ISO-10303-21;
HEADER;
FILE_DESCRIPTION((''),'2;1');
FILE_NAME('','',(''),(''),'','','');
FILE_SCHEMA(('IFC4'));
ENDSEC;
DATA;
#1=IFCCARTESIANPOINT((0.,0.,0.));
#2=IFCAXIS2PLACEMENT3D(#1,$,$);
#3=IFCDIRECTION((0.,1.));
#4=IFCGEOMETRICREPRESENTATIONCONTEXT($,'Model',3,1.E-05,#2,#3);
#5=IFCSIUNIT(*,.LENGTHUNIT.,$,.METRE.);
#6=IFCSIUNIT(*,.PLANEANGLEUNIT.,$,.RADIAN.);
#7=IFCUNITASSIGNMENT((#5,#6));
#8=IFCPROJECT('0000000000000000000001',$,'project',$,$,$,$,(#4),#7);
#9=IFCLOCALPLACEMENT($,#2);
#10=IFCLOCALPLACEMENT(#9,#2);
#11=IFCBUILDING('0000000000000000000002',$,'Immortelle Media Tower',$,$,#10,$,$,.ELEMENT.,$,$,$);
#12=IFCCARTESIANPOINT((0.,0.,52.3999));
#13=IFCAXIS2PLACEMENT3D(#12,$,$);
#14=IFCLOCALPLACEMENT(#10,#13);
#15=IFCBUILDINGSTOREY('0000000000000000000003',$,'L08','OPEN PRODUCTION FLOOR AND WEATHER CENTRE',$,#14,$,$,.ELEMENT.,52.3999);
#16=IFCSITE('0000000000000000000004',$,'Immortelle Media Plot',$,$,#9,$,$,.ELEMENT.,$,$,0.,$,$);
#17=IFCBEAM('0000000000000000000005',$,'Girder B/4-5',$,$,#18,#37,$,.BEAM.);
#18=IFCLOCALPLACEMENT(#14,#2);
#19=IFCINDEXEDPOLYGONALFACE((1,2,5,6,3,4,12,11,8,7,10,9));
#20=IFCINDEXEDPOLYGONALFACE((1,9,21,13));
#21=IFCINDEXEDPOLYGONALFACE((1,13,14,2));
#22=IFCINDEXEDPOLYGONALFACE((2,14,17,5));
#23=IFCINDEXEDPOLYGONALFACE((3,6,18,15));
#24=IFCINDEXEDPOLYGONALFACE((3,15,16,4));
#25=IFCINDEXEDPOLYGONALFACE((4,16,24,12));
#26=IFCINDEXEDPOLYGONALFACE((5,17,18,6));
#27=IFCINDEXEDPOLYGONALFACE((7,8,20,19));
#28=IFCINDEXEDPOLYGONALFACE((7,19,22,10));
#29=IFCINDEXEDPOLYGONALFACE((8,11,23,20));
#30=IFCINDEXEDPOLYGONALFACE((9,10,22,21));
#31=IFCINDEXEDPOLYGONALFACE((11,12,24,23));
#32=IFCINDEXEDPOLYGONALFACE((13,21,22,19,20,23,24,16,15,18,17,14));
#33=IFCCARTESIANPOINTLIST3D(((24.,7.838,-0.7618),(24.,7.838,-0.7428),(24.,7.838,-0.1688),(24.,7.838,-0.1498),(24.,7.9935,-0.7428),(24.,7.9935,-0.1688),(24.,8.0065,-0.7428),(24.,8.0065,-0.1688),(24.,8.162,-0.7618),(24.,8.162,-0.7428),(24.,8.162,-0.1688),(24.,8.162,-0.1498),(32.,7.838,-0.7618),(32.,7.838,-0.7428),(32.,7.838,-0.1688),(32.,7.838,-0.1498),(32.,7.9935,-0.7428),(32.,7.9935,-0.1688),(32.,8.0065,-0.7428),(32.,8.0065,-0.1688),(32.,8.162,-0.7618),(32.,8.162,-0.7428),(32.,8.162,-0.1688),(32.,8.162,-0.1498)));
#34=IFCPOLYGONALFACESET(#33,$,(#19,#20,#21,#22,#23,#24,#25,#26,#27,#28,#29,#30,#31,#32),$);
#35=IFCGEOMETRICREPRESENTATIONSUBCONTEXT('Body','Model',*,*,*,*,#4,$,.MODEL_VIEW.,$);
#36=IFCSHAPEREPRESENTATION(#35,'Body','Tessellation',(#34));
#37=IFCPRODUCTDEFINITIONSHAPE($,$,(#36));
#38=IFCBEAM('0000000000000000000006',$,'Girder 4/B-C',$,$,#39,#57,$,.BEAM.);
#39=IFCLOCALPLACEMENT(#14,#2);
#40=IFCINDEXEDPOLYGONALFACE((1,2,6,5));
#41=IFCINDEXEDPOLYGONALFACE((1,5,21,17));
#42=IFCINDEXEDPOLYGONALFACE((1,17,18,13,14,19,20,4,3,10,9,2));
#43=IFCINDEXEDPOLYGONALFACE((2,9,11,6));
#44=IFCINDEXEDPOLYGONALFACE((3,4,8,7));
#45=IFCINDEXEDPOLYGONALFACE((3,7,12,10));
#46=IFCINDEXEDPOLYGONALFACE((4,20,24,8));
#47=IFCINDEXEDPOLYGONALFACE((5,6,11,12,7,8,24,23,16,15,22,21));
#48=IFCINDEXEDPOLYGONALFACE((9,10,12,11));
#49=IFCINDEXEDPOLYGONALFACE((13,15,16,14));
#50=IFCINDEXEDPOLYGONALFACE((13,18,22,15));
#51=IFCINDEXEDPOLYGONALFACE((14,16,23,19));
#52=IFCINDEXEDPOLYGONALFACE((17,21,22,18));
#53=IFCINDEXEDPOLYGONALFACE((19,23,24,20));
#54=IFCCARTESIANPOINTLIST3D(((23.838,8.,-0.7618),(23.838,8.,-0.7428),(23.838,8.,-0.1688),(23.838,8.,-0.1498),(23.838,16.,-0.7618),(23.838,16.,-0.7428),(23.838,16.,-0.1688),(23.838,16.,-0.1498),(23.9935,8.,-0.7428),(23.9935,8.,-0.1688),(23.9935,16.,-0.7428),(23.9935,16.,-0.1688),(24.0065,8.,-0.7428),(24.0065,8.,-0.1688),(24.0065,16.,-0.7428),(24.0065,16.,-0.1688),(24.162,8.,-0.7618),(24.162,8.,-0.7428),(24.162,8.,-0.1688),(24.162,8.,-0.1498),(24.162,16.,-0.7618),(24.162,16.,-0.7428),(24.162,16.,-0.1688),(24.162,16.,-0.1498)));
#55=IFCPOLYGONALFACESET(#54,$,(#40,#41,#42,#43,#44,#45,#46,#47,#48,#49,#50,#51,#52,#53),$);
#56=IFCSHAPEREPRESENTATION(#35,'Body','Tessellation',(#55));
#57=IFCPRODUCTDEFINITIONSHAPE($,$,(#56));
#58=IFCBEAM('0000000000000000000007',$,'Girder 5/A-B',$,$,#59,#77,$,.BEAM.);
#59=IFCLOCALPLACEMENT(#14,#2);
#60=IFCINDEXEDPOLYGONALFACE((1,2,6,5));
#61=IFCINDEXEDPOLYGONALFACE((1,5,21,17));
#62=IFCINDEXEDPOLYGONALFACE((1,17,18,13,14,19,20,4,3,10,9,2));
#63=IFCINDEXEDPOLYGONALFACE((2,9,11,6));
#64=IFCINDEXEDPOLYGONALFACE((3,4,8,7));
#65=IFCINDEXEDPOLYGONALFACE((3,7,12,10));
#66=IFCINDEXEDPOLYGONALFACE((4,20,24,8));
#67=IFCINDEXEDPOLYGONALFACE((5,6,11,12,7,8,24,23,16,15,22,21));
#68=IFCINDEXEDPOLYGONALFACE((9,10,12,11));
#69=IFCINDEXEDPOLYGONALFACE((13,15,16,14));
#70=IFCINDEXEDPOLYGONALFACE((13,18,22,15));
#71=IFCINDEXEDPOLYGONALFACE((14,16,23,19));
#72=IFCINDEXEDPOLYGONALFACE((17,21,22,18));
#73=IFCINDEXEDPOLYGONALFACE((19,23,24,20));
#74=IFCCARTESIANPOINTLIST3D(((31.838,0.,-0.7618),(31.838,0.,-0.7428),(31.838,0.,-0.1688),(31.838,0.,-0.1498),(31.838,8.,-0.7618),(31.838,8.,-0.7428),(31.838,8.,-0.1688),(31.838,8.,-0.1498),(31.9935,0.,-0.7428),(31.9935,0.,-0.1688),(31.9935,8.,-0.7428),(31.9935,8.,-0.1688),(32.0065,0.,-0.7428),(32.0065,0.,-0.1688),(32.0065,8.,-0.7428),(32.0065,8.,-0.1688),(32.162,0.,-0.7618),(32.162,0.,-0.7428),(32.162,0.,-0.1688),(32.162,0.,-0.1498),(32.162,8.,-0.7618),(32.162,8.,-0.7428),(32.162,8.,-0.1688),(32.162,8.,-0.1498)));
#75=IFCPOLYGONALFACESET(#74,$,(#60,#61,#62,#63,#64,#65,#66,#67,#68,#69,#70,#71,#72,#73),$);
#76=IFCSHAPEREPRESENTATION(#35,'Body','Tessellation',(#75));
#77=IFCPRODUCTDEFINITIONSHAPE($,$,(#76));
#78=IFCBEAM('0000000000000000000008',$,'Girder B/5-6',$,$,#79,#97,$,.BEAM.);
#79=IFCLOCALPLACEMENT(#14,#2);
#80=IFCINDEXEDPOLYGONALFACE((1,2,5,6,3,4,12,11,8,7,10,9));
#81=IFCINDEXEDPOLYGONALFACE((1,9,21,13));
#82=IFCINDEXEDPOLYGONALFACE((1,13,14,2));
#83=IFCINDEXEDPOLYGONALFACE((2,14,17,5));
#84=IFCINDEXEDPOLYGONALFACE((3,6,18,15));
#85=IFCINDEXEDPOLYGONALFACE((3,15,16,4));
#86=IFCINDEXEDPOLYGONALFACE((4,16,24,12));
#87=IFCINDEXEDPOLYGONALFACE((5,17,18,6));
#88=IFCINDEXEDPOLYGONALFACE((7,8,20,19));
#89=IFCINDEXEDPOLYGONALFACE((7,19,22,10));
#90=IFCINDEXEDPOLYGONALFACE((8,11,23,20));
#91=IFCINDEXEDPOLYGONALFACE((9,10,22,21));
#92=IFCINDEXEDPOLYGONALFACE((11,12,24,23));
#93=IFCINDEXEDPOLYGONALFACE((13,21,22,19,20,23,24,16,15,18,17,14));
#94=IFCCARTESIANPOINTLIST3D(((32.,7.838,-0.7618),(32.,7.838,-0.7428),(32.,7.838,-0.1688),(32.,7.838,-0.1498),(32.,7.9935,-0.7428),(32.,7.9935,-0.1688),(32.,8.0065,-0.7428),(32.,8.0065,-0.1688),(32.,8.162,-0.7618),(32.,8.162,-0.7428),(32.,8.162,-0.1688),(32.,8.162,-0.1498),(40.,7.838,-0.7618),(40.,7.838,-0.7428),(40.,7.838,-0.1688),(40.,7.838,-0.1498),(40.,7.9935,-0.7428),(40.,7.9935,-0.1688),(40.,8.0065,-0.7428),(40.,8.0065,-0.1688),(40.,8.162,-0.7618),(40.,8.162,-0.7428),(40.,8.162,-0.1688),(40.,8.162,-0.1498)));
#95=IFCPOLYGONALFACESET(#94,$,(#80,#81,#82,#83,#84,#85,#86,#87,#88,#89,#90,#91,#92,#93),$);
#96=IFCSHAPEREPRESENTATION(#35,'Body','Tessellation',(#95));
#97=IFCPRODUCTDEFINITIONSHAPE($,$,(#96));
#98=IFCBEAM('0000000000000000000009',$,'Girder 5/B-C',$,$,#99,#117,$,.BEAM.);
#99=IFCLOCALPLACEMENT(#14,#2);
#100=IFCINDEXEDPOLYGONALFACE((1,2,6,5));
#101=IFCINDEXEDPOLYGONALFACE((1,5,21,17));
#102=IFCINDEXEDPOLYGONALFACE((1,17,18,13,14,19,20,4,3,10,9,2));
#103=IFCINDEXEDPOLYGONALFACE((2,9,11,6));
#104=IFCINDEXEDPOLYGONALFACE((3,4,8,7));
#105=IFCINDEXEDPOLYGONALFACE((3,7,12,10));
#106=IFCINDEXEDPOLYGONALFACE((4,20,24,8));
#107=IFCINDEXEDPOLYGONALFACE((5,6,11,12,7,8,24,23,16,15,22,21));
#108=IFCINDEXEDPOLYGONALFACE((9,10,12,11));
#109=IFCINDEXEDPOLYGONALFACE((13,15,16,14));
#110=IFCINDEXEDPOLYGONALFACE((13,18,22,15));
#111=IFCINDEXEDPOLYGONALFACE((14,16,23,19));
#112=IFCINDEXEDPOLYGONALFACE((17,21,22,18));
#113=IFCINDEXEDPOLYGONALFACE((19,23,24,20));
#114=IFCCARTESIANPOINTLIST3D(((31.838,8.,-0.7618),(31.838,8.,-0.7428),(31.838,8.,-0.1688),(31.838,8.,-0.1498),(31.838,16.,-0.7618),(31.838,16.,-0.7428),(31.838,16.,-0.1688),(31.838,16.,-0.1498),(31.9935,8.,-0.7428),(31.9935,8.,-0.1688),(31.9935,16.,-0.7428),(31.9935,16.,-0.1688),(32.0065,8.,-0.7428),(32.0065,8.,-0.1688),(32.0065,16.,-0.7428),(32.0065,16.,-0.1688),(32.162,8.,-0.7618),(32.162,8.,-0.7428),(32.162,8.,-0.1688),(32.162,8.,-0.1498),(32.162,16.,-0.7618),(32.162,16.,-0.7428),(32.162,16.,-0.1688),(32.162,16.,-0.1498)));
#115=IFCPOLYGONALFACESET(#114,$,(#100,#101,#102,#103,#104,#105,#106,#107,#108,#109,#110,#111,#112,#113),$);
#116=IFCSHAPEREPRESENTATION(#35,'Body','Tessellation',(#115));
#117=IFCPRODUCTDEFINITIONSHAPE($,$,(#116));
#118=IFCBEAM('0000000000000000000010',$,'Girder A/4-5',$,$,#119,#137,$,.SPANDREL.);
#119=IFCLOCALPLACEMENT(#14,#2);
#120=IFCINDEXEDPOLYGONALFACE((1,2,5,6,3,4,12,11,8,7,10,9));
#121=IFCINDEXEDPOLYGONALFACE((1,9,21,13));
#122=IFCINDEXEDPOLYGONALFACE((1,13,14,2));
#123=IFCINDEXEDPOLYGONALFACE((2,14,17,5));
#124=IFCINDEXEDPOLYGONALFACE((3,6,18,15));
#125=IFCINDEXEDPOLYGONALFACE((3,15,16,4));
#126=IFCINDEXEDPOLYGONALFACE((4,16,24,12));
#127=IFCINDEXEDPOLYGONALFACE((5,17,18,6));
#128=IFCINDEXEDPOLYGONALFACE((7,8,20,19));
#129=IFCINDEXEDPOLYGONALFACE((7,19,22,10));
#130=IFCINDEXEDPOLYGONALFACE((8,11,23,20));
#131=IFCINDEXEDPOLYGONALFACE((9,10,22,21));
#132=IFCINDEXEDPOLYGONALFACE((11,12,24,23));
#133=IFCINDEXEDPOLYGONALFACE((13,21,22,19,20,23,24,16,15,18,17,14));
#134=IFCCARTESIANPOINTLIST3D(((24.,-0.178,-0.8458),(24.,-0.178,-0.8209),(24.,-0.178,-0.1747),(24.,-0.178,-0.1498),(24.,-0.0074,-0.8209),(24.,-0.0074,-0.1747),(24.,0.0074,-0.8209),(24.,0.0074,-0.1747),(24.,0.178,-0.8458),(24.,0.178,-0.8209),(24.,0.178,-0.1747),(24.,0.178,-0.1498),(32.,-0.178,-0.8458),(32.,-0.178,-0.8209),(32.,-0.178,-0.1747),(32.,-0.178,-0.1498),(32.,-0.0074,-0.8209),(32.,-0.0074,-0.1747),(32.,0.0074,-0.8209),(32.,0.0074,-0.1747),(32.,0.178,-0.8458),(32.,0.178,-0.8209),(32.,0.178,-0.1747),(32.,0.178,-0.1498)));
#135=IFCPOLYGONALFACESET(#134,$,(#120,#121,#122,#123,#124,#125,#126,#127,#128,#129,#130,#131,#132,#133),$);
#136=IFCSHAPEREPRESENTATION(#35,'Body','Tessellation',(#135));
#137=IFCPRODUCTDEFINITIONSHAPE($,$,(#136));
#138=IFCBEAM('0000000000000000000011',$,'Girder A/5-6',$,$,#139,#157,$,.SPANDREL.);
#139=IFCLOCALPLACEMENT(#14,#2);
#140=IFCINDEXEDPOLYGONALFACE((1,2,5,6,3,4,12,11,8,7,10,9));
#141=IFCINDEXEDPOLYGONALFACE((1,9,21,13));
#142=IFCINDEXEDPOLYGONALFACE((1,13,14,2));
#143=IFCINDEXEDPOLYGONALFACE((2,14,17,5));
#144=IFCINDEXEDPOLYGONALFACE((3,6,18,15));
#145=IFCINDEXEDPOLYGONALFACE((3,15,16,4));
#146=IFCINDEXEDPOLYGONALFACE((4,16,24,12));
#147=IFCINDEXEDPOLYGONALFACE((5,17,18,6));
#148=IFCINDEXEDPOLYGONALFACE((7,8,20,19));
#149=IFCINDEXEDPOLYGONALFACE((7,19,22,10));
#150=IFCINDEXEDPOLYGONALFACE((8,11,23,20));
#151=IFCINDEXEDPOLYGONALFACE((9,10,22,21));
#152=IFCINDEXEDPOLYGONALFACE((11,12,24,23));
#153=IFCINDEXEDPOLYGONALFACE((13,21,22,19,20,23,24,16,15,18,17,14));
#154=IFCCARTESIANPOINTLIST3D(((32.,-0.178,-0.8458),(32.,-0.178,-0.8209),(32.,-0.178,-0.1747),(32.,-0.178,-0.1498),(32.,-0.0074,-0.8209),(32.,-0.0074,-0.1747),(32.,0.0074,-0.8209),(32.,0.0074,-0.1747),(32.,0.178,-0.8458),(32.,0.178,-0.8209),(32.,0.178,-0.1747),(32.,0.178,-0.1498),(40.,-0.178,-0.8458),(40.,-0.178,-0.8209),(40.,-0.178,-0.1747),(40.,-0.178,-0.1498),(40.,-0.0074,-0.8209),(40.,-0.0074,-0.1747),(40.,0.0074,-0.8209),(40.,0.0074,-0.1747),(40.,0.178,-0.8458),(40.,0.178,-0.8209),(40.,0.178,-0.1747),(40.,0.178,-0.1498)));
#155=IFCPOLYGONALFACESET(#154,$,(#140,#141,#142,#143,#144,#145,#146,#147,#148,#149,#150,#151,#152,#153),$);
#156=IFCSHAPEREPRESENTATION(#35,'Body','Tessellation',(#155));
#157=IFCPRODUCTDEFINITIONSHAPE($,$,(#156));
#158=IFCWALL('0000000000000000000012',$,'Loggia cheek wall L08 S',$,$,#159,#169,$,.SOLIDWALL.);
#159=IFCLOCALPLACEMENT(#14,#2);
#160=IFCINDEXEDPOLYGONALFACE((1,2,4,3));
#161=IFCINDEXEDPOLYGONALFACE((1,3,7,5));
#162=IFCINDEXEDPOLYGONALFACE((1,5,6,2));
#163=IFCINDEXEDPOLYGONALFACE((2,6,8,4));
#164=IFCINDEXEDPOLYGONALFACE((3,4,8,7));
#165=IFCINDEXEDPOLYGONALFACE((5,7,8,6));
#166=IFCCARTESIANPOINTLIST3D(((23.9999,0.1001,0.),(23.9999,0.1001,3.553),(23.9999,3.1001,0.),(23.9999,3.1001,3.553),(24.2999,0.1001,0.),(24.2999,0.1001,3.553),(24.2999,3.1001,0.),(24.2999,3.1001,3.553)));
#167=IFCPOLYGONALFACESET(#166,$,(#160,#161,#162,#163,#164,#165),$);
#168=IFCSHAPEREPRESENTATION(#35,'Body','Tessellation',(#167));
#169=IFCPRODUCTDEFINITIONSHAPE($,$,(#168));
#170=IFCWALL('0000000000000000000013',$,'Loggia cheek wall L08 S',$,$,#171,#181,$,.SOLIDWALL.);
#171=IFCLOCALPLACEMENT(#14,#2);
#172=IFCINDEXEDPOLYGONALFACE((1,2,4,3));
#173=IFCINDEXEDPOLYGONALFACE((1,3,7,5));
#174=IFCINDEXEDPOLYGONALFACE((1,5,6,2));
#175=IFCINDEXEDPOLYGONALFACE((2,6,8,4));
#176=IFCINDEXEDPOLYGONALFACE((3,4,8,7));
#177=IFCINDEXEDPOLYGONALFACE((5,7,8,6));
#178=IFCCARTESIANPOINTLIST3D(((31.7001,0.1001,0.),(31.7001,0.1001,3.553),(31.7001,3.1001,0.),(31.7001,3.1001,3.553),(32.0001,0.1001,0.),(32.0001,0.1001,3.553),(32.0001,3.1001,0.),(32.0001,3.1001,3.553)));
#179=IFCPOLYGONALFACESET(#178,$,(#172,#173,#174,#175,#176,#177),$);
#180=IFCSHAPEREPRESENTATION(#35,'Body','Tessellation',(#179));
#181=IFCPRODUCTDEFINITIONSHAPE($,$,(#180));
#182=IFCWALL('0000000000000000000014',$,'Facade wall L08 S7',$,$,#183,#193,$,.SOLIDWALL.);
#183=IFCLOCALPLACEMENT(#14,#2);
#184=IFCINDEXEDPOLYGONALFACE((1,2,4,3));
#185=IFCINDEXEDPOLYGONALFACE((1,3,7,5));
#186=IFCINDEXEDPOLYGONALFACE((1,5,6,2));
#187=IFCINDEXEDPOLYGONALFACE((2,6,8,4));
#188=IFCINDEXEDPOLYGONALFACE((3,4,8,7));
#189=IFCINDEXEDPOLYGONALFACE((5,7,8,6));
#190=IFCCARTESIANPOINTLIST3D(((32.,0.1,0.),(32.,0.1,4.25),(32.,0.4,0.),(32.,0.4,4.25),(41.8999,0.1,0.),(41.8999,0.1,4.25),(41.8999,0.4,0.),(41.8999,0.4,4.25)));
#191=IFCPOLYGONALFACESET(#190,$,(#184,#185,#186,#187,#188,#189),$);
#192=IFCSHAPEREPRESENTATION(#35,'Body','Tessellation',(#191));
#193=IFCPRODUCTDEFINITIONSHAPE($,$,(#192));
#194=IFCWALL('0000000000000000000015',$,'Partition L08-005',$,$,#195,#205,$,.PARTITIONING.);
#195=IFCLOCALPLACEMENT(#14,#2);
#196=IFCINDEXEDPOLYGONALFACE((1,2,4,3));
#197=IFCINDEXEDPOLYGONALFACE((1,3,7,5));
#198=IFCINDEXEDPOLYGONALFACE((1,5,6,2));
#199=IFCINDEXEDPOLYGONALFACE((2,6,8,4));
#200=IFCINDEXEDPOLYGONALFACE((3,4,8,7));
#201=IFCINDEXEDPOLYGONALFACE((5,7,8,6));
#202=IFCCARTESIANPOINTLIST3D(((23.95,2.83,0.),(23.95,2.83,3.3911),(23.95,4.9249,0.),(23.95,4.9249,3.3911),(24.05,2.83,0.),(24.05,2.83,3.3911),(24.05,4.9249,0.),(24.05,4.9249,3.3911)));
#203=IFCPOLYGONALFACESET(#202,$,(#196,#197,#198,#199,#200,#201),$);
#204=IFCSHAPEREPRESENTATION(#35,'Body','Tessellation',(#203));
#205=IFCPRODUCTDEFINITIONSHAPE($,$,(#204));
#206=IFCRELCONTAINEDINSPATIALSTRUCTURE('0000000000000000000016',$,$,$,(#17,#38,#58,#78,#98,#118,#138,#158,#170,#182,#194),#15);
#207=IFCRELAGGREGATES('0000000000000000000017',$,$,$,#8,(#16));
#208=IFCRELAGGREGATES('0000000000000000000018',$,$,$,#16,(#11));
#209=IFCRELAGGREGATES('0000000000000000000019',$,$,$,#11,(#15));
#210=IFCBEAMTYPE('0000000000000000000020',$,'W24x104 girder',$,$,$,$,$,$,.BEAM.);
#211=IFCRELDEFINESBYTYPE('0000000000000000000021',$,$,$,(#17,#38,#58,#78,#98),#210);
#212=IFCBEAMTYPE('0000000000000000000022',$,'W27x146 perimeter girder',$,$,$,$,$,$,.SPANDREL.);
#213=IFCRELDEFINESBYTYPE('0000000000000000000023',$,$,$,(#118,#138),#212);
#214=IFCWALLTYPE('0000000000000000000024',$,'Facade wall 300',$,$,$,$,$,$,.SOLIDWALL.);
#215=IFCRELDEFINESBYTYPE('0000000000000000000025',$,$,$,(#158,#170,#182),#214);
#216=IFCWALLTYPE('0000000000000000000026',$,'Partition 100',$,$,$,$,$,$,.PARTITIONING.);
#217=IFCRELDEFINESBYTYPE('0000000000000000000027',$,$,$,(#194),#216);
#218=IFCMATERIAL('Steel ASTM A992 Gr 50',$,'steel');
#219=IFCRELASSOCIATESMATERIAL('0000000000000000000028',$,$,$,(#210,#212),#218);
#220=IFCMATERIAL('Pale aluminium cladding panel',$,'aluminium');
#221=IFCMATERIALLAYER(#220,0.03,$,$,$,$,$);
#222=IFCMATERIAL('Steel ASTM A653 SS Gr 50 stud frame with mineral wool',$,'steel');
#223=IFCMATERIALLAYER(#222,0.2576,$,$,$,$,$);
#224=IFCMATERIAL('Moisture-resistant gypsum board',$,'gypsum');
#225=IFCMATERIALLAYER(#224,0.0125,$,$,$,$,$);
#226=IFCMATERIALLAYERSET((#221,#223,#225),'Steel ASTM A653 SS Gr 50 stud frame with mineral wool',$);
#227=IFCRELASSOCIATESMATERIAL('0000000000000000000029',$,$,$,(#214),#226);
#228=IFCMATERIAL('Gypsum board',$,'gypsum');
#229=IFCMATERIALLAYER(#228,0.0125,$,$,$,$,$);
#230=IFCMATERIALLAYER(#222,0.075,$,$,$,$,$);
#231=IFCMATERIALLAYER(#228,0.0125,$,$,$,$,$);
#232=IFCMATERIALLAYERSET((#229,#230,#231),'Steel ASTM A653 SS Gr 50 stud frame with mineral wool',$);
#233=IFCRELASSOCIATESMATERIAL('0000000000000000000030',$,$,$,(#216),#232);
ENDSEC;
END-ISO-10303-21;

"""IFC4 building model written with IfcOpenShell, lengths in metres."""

from ifc_helpers import new_model, si_unit, direction, frame, frame_2d, origin, origin_2d, place, context, subcontext, project, spatial, rectangle, i_section, extrude, material, layer, layer_set, material_profile, profile_set, type_object, element, save


model = new_model("IFC4")

# Units and contexts
model_context = context("Model", 3, precision=1e-05, world=origin(), true_north=direction((0.0, 1.0)))
body_context = subcontext(model_context, "Body", "Model", "MODEL_VIEW")
ifc_project = project(units=[si_unit("LENGTHUNIT", "METRE"), si_unit("PLANEANGLEUNIT", "RADIAN")], contexts=[model_context])

# Site, building, storey
site_placement = place(None, origin())
site = spatial("IfcSite", under=ifc_project, at=site_placement, Name="Immortelle Media Plot", CompositionType="ELEMENT", RefElevation=0.0)
building_placement = place(site_placement, origin())
building = spatial("IfcBuilding", under=site, at=building_placement, Name="Immortelle Media Tower", CompositionType="ELEMENT")
storey_placement = place(building_placement, frame((0.0, 0.0, 52.3999)))
storey = spatial("IfcBuildingStorey", under=building, at=storey_placement, Name="L08", Description="OPEN PRODUCTION FLOOR AND WEATHER CENTRE", CompositionType="ELEMENT", Elevation=52.3999)

# Shared definitions
ifc_material_1 = material(Name="Steel ASTM A992 Gr 50", Category="steel")

# Beams
ifc_material_profile_1 = material_profile(ifc_material_1, i_section(OverallWidth=0.324, OverallDepth=0.6121, WebThickness=0.0129, FlangeThickness=0.019, at=origin_2d()), Name="W24x104")
ifc_profile_set_1 = profile_set([ifc_material_profile_1], Name="Steel ASTM A992 Gr 50")
beam_type_1 = type_object("IfcBeamType", Name="W24x104 girder", PredefinedType="BEAM", material=ifc_profile_set_1)
for number, where, z_axis, x_axis, name in (
    (1, (24.0, 8.0, -0.4558), (1.0, 0.0, 0.0), (0.0, 1.0, 0.0), "Girder B/4-5"),
    (2, (24.0, 8.0, -0.4558), (0.0, 1.0, 0.0), (-1.0, 0.0, 0.0), "Girder 4/B-C"),
    (3, (32.0, 0.0, -0.4558), (0.0, 1.0, 0.0), (-1.0, 0.0, 0.0), "Girder 5/A-B"),
    (4, (32.0, 8.0, -0.4558), (1.0, 0.0, 0.0), (0.0, 1.0, 0.0), "Girder B/5-6"),
    (5, (32.0, 8.0, -0.4558), (0.0, 1.0, 0.0), (-1.0, 0.0, 0.0), "Girder 5/B-C"),
):
    element("IfcBeam", number, at=place(storey_placement, frame(where, z_axis=z_axis, x_axis=x_axis)), inside=storey, type_object=beam_type_1, Name=name, PredefinedType="BEAM", context=body_context, shape_type="SweptSolid", body=[
        extrude(i_section(OverallWidth=0.324, OverallDepth=0.6121, WebThickness=0.0129, FlangeThickness=0.019, at=origin_2d()), origin(), (0.0, 0.0, 1.0), 8.0),
    ])
ifc_material_profile_2 = material_profile(ifc_material_1, i_section(OverallWidth=0.356, OverallDepth=0.696, WebThickness=0.0149, FlangeThickness=0.0249, at=origin_2d()), Name="W27x146")
ifc_profile_set_2 = profile_set([ifc_material_profile_2], Name="Steel ASTM A992 Gr 50")
beam_type_2 = type_object("IfcBeamType", Name="W27x146 perimeter girder", PredefinedType="SPANDREL", material=ifc_profile_set_2)
for number, where, z_axis, x_axis, name in (
    (6, (24.0, 0.0, -0.4978), (1.0, 0.0, 0.0), (0.0, 1.0, 0.0), "Girder A/4-5"),
    (7, (32.0, 0.0, -0.4978), (1.0, 0.0, 0.0), (0.0, 1.0, 0.0), "Girder A/5-6"),
):
    element("IfcBeam", number, at=place(storey_placement, frame(where, z_axis=z_axis, x_axis=x_axis)), inside=storey, type_object=beam_type_2, Name=name, PredefinedType="SPANDREL", context=body_context, shape_type="SweptSolid", body=[
        extrude(i_section(OverallWidth=0.356, OverallDepth=0.696, WebThickness=0.0149, FlangeThickness=0.0249, at=origin_2d()), origin(), (0.0, 0.0, 1.0), 8.0),
    ])

# Shared definitions
ifc_material_2 = material(Name="Pale aluminium cladding panel", Category="aluminium")
ifc_layer_1 = layer(ifc_material_2, 0.03)
ifc_material_3 = material(Name="Steel ASTM A653 SS Gr 50 stud frame with mineral wool", Category="steel")
ifc_layer_2 = layer(ifc_material_3, 0.2576)
ifc_material_4 = material(Name="Moisture-resistant gypsum board", Category="gypsum")
ifc_layer_3 = layer(ifc_material_4, 0.0125)
ifc_layer_set_1 = layer_set([ifc_layer_1, ifc_layer_2, ifc_layer_3], Name="Steel ASTM A653 SS Gr 50 stud frame with mineral wool")
wall_type_1 = type_object("IfcWallType", Name="Facade wall 300", PredefinedType="SOLIDWALL", material=ifc_layer_set_1)

# Walls
for number, where, z_axis, x_axis, name in (
    (8, (24.1499, 0.1001, 0.0), (0.0, 0.0, 1.0), (0.0, 1.0, 0.0), "Loggia cheek wall L08 S"),
    (9, (31.8501, 0.1001, 0.0), (0.0, 0.0, 1.0), (0.0, 1.0, 0.0), "Loggia cheek wall L08 S"),
):
    element("IfcWall", number, at=place(storey_placement, frame(where, z_axis=z_axis, x_axis=x_axis)), inside=storey, type_object=wall_type_1, Name=name, PredefinedType="SOLIDWALL", context=body_context, shape_type="SweptSolid", body=[
        extrude(rectangle(XDim=3.0, YDim=0.3, at=frame_2d((1.5, 0.0))), origin(), (0.0, 0.0, 1.0), 3.553),
    ])
wall_1_placement = place(storey_placement, frame((32.0, 0.25, 0.0), z_axis=(0.0, 0.0, 1.0), x_axis=(1.0, 0.0, 0.0)))
element("IfcWall", 10, at=wall_1_placement, inside=storey, type_object=wall_type_1, Name="Facade wall L08 S7", PredefinedType="SOLIDWALL", context=body_context, shape_type="SweptSolid", body=[
    extrude(rectangle(XDim=9.8999, YDim=0.3, at=frame_2d((4.95, 0.0))), origin(), (0.0, 0.0, 1.0), 4.25),
])
ifc_material_5 = material(Name="Gypsum board", Category="gypsum")
ifc_layer_4 = layer(ifc_material_5, 0.0125)
ifc_layer_5 = layer(ifc_material_3, 0.075)
ifc_layer_6 = layer(ifc_material_5, 0.0125)
ifc_layer_set_2 = layer_set([ifc_layer_4, ifc_layer_5, ifc_layer_6], Name="Steel ASTM A653 SS Gr 50 stud frame with mineral wool")
wall_type_2 = type_object("IfcWallType", Name="Partition 100", PredefinedType="PARTITIONING", material=ifc_layer_set_2)
for number, where, z_axis, x_axis, name in (
    (11, (24.0, 2.8301, 0.0), (0.0, 0.0, 1.0), (0.0, 1.0, 0.0), "Partition L08-005"),
):
    element("IfcWall", number, at=place(storey_placement, frame(where, z_axis=z_axis, x_axis=x_axis)), inside=storey, type_object=wall_type_2, Name=name, PredefinedType="PARTITIONING", context=body_context, shape_type="SweptSolid", body=[
        extrude(rectangle(XDim=2.095, YDim=0.1001, at=frame_2d((1.0474, 0.0))), origin(), (0.0, 0.0, 1.0), 3.3911),
    ])

save(model, "model.ifc")
